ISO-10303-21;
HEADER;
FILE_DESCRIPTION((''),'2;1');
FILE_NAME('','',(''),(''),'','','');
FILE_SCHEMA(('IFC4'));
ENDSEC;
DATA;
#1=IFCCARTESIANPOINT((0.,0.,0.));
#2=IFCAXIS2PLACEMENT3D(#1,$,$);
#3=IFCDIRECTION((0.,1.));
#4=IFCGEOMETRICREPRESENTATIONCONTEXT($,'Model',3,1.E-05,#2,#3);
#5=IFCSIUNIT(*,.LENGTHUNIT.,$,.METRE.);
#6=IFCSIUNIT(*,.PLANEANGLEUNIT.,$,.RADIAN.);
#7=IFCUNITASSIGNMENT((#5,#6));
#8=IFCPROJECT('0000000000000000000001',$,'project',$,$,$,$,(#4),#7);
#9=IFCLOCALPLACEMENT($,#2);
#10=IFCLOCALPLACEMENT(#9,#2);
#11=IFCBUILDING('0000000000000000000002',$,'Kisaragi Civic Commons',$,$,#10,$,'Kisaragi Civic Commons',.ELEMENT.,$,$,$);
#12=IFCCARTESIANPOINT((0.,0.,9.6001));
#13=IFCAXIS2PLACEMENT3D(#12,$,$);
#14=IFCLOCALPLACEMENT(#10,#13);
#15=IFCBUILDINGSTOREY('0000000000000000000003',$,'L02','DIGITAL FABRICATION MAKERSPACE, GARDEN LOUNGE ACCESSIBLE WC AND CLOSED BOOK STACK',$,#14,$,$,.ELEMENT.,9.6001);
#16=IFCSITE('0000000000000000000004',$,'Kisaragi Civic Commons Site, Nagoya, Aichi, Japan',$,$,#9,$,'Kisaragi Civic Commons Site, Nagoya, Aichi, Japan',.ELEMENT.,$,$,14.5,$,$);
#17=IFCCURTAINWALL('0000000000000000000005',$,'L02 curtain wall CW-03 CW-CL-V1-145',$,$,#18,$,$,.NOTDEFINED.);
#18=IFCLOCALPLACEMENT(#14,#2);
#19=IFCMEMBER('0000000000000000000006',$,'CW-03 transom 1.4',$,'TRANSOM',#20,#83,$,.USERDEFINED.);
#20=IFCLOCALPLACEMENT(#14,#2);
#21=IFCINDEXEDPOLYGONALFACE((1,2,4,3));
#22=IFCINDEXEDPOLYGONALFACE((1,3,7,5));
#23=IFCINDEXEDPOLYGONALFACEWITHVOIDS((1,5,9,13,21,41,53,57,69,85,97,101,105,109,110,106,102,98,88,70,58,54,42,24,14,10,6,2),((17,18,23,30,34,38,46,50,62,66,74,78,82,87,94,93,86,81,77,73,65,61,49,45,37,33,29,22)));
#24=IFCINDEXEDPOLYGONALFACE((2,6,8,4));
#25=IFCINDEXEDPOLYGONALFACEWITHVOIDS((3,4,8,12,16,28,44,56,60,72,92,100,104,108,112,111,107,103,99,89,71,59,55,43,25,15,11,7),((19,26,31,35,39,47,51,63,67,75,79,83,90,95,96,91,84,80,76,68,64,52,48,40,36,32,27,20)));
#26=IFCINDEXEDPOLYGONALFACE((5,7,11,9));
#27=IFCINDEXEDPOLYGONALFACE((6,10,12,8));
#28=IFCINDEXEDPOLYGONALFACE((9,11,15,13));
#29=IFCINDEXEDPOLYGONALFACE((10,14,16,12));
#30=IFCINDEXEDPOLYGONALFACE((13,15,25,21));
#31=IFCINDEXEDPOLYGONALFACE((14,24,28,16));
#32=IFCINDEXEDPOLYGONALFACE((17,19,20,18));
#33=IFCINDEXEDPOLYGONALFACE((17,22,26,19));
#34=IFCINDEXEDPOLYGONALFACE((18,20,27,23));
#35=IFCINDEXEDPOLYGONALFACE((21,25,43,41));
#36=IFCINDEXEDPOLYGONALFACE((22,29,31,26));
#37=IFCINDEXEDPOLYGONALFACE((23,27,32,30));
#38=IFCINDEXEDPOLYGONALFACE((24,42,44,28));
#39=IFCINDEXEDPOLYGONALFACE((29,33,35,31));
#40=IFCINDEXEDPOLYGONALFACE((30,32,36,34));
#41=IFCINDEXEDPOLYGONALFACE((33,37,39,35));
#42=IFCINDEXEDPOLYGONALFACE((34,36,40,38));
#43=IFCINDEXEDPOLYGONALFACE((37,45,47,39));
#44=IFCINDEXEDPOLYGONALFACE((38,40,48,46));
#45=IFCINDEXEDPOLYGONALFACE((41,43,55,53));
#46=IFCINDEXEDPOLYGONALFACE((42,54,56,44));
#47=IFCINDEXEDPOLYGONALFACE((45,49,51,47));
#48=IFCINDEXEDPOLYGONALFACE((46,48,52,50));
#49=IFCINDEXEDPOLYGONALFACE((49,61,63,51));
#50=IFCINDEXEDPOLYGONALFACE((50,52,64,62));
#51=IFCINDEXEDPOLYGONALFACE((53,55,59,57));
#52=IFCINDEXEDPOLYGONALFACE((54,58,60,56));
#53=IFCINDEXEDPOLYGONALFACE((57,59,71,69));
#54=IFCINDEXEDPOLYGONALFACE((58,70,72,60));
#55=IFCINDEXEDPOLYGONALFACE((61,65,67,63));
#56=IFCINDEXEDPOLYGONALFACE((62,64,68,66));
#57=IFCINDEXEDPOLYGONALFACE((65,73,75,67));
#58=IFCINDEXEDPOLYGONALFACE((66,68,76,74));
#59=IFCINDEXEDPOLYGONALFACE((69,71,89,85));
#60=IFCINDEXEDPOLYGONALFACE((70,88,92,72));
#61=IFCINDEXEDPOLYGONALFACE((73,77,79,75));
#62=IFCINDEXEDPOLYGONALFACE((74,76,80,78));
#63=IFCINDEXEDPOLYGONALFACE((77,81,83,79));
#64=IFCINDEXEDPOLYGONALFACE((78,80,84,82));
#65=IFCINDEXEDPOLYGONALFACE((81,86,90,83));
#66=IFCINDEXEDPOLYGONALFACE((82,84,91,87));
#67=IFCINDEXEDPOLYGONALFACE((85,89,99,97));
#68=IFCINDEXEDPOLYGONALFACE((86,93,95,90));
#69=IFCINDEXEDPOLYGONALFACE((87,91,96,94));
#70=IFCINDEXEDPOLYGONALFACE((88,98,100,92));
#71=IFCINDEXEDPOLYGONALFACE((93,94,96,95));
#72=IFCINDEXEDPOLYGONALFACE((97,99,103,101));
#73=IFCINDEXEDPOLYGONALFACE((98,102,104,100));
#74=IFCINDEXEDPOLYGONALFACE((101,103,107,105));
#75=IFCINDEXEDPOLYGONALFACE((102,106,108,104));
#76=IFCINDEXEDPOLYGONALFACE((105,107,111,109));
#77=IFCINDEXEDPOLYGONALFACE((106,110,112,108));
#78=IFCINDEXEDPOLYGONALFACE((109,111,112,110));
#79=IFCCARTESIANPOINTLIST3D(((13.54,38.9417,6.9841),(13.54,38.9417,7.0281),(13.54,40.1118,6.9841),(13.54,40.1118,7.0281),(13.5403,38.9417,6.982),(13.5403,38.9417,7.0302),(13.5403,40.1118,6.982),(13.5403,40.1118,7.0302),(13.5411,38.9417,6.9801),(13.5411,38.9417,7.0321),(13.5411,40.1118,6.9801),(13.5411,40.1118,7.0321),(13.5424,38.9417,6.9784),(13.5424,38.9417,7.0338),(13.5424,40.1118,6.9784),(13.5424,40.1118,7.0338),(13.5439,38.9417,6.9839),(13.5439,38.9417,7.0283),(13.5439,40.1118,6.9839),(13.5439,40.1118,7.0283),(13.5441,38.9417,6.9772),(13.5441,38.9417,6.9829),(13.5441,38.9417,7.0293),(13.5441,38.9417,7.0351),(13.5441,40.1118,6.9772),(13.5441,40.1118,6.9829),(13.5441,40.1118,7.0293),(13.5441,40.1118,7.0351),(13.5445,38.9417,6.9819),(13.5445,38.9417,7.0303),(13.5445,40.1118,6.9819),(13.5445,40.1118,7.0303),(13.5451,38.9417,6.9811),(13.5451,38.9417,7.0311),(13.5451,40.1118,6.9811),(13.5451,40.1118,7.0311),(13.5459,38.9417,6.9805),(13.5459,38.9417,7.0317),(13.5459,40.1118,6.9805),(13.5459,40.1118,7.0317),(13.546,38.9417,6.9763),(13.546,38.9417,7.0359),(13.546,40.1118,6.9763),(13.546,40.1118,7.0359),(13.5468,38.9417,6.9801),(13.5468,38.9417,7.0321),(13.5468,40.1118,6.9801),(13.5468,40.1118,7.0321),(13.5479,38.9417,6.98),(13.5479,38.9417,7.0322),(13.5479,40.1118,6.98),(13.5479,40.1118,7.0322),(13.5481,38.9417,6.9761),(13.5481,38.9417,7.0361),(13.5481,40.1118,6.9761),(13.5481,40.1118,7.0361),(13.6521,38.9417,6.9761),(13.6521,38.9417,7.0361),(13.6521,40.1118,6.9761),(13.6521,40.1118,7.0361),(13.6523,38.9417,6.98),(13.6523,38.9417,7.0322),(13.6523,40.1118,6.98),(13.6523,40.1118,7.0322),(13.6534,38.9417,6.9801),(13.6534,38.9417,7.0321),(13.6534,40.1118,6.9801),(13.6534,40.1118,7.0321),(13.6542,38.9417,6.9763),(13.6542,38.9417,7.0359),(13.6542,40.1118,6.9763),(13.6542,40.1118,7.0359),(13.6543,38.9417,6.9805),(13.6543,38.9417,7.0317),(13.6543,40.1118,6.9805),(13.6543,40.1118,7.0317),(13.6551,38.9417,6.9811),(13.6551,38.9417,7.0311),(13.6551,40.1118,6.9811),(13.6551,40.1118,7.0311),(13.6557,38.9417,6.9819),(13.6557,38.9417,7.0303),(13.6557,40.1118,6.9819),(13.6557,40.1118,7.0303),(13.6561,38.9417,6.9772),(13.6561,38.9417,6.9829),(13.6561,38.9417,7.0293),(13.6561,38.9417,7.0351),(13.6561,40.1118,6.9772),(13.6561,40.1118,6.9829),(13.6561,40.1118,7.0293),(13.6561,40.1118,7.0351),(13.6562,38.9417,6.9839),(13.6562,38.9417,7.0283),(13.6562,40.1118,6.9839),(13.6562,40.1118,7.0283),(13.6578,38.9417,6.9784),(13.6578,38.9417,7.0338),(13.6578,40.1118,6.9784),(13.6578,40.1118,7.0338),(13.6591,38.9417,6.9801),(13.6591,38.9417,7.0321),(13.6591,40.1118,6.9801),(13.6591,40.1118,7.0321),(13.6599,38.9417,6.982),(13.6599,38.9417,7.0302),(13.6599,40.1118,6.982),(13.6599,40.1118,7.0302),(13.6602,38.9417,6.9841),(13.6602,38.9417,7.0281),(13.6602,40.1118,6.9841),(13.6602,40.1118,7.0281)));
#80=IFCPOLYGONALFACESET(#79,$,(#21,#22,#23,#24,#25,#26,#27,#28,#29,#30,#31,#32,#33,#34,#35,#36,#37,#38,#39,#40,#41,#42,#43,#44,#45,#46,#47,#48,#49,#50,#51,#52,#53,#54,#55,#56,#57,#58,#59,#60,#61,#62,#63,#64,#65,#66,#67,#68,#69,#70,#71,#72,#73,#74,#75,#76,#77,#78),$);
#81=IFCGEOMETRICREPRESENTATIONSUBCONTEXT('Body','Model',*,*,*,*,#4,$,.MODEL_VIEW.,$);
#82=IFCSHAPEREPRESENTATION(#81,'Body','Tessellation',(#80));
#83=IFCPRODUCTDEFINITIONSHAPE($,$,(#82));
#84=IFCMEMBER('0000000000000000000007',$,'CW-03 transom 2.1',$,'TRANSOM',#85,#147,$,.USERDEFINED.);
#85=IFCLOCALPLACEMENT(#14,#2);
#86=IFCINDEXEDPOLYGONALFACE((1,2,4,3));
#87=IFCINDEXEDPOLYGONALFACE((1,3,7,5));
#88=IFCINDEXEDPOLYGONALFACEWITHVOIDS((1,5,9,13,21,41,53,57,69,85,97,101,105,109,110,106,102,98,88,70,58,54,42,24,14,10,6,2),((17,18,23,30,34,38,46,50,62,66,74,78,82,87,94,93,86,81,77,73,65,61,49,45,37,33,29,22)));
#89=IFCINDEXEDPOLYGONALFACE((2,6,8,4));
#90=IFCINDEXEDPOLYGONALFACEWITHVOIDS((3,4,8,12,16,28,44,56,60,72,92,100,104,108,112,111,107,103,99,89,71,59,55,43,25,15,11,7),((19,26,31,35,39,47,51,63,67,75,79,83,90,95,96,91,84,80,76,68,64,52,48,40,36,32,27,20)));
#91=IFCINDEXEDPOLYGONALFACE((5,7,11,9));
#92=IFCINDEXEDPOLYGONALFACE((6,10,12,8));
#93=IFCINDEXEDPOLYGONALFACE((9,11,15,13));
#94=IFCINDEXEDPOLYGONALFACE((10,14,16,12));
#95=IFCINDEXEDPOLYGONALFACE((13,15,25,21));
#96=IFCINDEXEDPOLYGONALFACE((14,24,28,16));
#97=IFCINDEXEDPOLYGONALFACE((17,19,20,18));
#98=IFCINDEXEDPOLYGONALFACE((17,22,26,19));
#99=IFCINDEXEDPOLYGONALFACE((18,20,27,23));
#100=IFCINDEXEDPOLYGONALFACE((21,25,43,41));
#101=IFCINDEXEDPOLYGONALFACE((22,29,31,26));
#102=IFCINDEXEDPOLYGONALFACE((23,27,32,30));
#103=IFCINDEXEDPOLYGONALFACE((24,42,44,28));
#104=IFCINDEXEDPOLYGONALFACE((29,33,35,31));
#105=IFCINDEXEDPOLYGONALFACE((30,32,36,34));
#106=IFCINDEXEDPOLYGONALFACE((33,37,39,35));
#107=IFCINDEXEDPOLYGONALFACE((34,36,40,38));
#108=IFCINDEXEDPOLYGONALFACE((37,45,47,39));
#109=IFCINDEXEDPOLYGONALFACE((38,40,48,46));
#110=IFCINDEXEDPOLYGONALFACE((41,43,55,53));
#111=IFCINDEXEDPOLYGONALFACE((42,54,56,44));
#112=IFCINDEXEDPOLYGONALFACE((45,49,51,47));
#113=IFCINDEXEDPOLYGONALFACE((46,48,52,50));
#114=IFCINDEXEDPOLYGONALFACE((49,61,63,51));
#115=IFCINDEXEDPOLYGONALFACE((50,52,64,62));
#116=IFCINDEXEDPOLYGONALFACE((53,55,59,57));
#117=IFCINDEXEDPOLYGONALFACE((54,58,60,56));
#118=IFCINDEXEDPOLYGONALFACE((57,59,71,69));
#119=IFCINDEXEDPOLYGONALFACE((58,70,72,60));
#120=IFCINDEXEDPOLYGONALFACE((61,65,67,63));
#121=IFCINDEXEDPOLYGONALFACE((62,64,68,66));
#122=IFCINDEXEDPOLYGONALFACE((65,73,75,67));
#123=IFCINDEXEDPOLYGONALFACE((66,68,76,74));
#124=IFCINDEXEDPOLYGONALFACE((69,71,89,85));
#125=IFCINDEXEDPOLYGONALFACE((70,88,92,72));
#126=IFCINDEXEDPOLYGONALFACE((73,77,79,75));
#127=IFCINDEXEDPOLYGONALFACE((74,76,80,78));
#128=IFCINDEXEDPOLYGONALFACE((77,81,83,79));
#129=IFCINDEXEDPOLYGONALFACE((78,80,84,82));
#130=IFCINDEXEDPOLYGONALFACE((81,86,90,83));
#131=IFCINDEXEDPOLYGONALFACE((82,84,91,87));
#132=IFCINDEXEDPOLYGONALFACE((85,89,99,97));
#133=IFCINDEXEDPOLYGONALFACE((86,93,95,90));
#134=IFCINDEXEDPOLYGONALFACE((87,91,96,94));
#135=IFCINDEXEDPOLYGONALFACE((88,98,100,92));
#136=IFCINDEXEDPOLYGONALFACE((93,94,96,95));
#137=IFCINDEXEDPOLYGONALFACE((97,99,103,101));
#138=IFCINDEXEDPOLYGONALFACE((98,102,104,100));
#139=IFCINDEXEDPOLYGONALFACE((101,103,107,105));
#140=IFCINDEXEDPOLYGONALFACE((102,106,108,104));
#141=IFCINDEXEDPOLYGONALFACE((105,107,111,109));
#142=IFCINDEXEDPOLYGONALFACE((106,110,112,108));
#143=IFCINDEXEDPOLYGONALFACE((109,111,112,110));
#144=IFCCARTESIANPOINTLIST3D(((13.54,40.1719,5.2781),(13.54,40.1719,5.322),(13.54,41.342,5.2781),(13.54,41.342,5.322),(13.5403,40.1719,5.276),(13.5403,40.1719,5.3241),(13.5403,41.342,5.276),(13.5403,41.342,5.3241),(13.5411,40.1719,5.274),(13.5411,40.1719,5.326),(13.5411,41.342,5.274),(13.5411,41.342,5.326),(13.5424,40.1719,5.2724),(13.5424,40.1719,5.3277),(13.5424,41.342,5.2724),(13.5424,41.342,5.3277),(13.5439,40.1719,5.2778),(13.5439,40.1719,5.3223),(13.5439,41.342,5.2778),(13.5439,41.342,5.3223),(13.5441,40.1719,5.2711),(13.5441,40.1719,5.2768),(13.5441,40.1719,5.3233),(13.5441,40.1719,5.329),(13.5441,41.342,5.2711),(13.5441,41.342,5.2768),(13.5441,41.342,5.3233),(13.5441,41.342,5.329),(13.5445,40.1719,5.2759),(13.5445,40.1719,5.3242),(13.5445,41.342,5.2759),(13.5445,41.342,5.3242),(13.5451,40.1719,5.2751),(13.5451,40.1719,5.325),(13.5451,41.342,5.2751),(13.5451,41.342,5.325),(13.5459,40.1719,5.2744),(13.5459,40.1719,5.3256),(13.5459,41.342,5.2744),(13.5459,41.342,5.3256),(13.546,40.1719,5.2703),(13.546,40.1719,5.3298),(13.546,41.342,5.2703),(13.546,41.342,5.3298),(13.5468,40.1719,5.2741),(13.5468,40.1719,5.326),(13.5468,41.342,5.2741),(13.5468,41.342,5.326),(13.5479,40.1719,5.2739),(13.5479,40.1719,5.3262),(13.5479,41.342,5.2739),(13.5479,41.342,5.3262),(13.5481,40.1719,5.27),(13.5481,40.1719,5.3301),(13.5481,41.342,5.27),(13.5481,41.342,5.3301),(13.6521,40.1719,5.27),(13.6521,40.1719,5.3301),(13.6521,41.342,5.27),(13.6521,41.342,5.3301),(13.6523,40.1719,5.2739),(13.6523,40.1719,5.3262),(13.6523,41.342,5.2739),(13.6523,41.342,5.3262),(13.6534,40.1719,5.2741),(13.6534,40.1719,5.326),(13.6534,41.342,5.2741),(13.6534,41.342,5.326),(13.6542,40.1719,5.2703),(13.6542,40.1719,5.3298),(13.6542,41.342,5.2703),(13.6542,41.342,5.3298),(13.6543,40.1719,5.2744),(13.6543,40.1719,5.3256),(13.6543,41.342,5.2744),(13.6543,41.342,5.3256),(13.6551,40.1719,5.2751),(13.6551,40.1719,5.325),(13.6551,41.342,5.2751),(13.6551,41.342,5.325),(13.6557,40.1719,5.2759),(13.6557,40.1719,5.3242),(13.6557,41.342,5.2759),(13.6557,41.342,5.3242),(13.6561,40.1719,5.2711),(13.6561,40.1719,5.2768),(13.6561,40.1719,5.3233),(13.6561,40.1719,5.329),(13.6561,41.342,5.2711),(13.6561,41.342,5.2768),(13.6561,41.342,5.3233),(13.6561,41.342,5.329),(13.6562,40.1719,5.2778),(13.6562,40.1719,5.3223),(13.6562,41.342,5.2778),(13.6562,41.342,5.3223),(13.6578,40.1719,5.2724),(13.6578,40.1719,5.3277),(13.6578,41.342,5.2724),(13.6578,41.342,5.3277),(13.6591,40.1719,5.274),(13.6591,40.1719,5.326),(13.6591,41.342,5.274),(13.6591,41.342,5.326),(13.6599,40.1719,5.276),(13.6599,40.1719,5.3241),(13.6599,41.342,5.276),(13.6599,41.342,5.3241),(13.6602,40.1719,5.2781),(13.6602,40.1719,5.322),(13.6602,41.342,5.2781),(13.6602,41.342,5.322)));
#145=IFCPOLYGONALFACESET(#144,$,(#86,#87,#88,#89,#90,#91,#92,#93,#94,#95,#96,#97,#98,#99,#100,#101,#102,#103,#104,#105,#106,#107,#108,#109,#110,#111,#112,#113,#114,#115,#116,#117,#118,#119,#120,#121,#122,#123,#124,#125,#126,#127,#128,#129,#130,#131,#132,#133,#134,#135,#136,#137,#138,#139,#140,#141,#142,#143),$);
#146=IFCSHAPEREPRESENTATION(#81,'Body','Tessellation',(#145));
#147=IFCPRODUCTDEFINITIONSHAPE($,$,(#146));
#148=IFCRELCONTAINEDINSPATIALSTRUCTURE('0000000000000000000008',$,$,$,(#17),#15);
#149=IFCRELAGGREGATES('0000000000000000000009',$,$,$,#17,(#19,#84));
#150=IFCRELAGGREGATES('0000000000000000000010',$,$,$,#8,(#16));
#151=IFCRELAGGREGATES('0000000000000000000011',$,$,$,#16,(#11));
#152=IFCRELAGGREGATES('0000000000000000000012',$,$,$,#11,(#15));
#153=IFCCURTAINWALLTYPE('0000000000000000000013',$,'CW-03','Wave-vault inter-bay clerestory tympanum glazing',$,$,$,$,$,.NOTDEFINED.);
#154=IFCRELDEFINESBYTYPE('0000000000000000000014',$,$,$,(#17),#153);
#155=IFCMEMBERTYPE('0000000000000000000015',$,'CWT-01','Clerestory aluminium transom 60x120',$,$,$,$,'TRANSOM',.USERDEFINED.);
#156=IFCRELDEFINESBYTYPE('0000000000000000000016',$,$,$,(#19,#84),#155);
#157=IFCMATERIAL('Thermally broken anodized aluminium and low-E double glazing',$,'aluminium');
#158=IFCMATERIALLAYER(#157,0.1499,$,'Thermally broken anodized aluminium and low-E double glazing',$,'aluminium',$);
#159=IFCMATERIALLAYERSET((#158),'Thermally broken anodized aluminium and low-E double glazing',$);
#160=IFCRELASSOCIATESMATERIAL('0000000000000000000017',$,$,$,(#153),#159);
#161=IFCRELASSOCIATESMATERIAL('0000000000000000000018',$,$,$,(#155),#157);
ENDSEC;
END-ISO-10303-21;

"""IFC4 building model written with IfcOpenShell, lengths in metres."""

from ifc_helpers import new_model, si_unit, direction, frame, origin, origin_2d, place, context, subcontext, project, spatial, hollow_rectangle, extrude, material, layer, layer_set, material_profile, profile_set, type_object, element, aggregate, save


model = new_model("IFC4")

# Units and contexts
model_context = context("Model", 3, precision=1e-05, world=origin(), true_north=direction((0.0, 1.0)))
body_context = subcontext(model_context, "Body", "Model", "MODEL_VIEW")
ifc_project = project(units=[si_unit("LENGTHUNIT", "METRE"), si_unit("PLANEANGLEUNIT", "RADIAN")], contexts=[model_context])

# Site, building, storey
site_placement = place(None, origin())
site = spatial("IfcSite", under=ifc_project, at=site_placement, Name="Kisaragi Civic Commons Site, Nagoya, Aichi, Japan", LongName="Kisaragi Civic Commons Site, Nagoya, Aichi, Japan", CompositionType="ELEMENT", RefElevation=14.5)
building_placement = place(site_placement, origin())
building = spatial("IfcBuilding", under=site, at=building_placement, Name="Kisaragi Civic Commons", LongName="Kisaragi Civic Commons", CompositionType="ELEMENT")
storey_placement = place(building_placement, frame((0.0, 0.0, 9.6001)))
storey = spatial("IfcBuildingStorey", under=building, at=storey_placement, Name="L02", Description="DIGITAL FABRICATION MAKERSPACE, GARDEN LOUNGE ACCESSIBLE WC AND CLOSED BOOK STACK", CompositionType="ELEMENT", Elevation=9.6001)

# Curtain wall, members
ifc_material_1 = material(Name="Thermally broken anodized aluminium and low-E double glazing", Category="aluminium")
ifc_layer_1 = layer(ifc_material_1, 0.1499, Name="Thermally broken anodized aluminium and low-E double glazing", Category="aluminium")
ifc_layer_set_1 = layer_set([ifc_layer_1], Name="Thermally broken anodized aluminium and low-E double glazing")
curtain_wall_type = type_object("IfcCurtainWallType", Name="CW-03", Description="Wave-vault inter-bay clerestory tympanum glazing", PredefinedType="NOTDEFINED", material=ifc_layer_set_1)
curtain_wall_placement = place(storey_placement, origin())
curtain_wall = element("IfcCurtainWall", 1, at=curtain_wall_placement, inside=storey, type_object=curtain_wall_type, Name="L02 curtain wall CW-03 CW-CL-V1-145", PredefinedType="NOTDEFINED")
ifc_material_profile_1 = material_profile(ifc_material_1, hollow_rectangle(XDim=0.1201, YDim=0.0601, WallThickness=0.0039, InnerFilletRadius=0.0039, OuterFilletRadius=0.0081, at=origin_2d()), Name="CWT-60x120x4", Category="aluminium")
ifc_profile_set_1 = profile_set([ifc_material_profile_1], Name="Thermally broken anodized aluminium and low-E double glazing")
member_type_1 = type_object("IfcMemberType", Name="CWT-01", Description="Clerestory aluminium transom 60x120", ElementType="TRANSOM", PredefinedType="USERDEFINED", material=ifc_profile_set_1)
member_1_placement = place(storey_placement, frame((13.6001, 38.9417, 7.0061), z_axis=(0.0, 1.0, 0.0), x_axis=(-1.0, 0.0, 0.0)))
member_1 = element("IfcMember", 2, at=member_1_placement, type_object=member_type_1, Name="CW-03 transom 1.4", ObjectType="TRANSOM", PredefinedType="USERDEFINED", context=body_context, shape_type="SweptSolid", body=[
    extrude(hollow_rectangle(XDim=0.1201, YDim=0.0601, WallThickness=0.0039, InnerFilletRadius=0.0039, OuterFilletRadius=0.0081, at=origin_2d()), origin(), (0.0, 0.0, 1.0), 1.1702),
])
member_2_placement = place(storey_placement, frame((13.6001, 40.1719, 5.3), z_axis=(0.0, 1.0, 0.0), x_axis=(-1.0, 0.0, 0.0)))
member_2 = element("IfcMember", 3, at=member_2_placement, type_object=member_type_1, Name="CW-03 transom 2.1", ObjectType="TRANSOM", PredefinedType="USERDEFINED", context=body_context, shape_type="SweptSolid", body=[
    extrude(hollow_rectangle(XDim=0.1201, YDim=0.0601, WallThickness=0.0039, InnerFilletRadius=0.0039, OuterFilletRadius=0.0081, at=origin_2d()), origin(), (0.0, 0.0, 1.0), 1.1702),
])

aggregate(curtain_wall, [member_1, member_2])

save(model, "model.ifc")
